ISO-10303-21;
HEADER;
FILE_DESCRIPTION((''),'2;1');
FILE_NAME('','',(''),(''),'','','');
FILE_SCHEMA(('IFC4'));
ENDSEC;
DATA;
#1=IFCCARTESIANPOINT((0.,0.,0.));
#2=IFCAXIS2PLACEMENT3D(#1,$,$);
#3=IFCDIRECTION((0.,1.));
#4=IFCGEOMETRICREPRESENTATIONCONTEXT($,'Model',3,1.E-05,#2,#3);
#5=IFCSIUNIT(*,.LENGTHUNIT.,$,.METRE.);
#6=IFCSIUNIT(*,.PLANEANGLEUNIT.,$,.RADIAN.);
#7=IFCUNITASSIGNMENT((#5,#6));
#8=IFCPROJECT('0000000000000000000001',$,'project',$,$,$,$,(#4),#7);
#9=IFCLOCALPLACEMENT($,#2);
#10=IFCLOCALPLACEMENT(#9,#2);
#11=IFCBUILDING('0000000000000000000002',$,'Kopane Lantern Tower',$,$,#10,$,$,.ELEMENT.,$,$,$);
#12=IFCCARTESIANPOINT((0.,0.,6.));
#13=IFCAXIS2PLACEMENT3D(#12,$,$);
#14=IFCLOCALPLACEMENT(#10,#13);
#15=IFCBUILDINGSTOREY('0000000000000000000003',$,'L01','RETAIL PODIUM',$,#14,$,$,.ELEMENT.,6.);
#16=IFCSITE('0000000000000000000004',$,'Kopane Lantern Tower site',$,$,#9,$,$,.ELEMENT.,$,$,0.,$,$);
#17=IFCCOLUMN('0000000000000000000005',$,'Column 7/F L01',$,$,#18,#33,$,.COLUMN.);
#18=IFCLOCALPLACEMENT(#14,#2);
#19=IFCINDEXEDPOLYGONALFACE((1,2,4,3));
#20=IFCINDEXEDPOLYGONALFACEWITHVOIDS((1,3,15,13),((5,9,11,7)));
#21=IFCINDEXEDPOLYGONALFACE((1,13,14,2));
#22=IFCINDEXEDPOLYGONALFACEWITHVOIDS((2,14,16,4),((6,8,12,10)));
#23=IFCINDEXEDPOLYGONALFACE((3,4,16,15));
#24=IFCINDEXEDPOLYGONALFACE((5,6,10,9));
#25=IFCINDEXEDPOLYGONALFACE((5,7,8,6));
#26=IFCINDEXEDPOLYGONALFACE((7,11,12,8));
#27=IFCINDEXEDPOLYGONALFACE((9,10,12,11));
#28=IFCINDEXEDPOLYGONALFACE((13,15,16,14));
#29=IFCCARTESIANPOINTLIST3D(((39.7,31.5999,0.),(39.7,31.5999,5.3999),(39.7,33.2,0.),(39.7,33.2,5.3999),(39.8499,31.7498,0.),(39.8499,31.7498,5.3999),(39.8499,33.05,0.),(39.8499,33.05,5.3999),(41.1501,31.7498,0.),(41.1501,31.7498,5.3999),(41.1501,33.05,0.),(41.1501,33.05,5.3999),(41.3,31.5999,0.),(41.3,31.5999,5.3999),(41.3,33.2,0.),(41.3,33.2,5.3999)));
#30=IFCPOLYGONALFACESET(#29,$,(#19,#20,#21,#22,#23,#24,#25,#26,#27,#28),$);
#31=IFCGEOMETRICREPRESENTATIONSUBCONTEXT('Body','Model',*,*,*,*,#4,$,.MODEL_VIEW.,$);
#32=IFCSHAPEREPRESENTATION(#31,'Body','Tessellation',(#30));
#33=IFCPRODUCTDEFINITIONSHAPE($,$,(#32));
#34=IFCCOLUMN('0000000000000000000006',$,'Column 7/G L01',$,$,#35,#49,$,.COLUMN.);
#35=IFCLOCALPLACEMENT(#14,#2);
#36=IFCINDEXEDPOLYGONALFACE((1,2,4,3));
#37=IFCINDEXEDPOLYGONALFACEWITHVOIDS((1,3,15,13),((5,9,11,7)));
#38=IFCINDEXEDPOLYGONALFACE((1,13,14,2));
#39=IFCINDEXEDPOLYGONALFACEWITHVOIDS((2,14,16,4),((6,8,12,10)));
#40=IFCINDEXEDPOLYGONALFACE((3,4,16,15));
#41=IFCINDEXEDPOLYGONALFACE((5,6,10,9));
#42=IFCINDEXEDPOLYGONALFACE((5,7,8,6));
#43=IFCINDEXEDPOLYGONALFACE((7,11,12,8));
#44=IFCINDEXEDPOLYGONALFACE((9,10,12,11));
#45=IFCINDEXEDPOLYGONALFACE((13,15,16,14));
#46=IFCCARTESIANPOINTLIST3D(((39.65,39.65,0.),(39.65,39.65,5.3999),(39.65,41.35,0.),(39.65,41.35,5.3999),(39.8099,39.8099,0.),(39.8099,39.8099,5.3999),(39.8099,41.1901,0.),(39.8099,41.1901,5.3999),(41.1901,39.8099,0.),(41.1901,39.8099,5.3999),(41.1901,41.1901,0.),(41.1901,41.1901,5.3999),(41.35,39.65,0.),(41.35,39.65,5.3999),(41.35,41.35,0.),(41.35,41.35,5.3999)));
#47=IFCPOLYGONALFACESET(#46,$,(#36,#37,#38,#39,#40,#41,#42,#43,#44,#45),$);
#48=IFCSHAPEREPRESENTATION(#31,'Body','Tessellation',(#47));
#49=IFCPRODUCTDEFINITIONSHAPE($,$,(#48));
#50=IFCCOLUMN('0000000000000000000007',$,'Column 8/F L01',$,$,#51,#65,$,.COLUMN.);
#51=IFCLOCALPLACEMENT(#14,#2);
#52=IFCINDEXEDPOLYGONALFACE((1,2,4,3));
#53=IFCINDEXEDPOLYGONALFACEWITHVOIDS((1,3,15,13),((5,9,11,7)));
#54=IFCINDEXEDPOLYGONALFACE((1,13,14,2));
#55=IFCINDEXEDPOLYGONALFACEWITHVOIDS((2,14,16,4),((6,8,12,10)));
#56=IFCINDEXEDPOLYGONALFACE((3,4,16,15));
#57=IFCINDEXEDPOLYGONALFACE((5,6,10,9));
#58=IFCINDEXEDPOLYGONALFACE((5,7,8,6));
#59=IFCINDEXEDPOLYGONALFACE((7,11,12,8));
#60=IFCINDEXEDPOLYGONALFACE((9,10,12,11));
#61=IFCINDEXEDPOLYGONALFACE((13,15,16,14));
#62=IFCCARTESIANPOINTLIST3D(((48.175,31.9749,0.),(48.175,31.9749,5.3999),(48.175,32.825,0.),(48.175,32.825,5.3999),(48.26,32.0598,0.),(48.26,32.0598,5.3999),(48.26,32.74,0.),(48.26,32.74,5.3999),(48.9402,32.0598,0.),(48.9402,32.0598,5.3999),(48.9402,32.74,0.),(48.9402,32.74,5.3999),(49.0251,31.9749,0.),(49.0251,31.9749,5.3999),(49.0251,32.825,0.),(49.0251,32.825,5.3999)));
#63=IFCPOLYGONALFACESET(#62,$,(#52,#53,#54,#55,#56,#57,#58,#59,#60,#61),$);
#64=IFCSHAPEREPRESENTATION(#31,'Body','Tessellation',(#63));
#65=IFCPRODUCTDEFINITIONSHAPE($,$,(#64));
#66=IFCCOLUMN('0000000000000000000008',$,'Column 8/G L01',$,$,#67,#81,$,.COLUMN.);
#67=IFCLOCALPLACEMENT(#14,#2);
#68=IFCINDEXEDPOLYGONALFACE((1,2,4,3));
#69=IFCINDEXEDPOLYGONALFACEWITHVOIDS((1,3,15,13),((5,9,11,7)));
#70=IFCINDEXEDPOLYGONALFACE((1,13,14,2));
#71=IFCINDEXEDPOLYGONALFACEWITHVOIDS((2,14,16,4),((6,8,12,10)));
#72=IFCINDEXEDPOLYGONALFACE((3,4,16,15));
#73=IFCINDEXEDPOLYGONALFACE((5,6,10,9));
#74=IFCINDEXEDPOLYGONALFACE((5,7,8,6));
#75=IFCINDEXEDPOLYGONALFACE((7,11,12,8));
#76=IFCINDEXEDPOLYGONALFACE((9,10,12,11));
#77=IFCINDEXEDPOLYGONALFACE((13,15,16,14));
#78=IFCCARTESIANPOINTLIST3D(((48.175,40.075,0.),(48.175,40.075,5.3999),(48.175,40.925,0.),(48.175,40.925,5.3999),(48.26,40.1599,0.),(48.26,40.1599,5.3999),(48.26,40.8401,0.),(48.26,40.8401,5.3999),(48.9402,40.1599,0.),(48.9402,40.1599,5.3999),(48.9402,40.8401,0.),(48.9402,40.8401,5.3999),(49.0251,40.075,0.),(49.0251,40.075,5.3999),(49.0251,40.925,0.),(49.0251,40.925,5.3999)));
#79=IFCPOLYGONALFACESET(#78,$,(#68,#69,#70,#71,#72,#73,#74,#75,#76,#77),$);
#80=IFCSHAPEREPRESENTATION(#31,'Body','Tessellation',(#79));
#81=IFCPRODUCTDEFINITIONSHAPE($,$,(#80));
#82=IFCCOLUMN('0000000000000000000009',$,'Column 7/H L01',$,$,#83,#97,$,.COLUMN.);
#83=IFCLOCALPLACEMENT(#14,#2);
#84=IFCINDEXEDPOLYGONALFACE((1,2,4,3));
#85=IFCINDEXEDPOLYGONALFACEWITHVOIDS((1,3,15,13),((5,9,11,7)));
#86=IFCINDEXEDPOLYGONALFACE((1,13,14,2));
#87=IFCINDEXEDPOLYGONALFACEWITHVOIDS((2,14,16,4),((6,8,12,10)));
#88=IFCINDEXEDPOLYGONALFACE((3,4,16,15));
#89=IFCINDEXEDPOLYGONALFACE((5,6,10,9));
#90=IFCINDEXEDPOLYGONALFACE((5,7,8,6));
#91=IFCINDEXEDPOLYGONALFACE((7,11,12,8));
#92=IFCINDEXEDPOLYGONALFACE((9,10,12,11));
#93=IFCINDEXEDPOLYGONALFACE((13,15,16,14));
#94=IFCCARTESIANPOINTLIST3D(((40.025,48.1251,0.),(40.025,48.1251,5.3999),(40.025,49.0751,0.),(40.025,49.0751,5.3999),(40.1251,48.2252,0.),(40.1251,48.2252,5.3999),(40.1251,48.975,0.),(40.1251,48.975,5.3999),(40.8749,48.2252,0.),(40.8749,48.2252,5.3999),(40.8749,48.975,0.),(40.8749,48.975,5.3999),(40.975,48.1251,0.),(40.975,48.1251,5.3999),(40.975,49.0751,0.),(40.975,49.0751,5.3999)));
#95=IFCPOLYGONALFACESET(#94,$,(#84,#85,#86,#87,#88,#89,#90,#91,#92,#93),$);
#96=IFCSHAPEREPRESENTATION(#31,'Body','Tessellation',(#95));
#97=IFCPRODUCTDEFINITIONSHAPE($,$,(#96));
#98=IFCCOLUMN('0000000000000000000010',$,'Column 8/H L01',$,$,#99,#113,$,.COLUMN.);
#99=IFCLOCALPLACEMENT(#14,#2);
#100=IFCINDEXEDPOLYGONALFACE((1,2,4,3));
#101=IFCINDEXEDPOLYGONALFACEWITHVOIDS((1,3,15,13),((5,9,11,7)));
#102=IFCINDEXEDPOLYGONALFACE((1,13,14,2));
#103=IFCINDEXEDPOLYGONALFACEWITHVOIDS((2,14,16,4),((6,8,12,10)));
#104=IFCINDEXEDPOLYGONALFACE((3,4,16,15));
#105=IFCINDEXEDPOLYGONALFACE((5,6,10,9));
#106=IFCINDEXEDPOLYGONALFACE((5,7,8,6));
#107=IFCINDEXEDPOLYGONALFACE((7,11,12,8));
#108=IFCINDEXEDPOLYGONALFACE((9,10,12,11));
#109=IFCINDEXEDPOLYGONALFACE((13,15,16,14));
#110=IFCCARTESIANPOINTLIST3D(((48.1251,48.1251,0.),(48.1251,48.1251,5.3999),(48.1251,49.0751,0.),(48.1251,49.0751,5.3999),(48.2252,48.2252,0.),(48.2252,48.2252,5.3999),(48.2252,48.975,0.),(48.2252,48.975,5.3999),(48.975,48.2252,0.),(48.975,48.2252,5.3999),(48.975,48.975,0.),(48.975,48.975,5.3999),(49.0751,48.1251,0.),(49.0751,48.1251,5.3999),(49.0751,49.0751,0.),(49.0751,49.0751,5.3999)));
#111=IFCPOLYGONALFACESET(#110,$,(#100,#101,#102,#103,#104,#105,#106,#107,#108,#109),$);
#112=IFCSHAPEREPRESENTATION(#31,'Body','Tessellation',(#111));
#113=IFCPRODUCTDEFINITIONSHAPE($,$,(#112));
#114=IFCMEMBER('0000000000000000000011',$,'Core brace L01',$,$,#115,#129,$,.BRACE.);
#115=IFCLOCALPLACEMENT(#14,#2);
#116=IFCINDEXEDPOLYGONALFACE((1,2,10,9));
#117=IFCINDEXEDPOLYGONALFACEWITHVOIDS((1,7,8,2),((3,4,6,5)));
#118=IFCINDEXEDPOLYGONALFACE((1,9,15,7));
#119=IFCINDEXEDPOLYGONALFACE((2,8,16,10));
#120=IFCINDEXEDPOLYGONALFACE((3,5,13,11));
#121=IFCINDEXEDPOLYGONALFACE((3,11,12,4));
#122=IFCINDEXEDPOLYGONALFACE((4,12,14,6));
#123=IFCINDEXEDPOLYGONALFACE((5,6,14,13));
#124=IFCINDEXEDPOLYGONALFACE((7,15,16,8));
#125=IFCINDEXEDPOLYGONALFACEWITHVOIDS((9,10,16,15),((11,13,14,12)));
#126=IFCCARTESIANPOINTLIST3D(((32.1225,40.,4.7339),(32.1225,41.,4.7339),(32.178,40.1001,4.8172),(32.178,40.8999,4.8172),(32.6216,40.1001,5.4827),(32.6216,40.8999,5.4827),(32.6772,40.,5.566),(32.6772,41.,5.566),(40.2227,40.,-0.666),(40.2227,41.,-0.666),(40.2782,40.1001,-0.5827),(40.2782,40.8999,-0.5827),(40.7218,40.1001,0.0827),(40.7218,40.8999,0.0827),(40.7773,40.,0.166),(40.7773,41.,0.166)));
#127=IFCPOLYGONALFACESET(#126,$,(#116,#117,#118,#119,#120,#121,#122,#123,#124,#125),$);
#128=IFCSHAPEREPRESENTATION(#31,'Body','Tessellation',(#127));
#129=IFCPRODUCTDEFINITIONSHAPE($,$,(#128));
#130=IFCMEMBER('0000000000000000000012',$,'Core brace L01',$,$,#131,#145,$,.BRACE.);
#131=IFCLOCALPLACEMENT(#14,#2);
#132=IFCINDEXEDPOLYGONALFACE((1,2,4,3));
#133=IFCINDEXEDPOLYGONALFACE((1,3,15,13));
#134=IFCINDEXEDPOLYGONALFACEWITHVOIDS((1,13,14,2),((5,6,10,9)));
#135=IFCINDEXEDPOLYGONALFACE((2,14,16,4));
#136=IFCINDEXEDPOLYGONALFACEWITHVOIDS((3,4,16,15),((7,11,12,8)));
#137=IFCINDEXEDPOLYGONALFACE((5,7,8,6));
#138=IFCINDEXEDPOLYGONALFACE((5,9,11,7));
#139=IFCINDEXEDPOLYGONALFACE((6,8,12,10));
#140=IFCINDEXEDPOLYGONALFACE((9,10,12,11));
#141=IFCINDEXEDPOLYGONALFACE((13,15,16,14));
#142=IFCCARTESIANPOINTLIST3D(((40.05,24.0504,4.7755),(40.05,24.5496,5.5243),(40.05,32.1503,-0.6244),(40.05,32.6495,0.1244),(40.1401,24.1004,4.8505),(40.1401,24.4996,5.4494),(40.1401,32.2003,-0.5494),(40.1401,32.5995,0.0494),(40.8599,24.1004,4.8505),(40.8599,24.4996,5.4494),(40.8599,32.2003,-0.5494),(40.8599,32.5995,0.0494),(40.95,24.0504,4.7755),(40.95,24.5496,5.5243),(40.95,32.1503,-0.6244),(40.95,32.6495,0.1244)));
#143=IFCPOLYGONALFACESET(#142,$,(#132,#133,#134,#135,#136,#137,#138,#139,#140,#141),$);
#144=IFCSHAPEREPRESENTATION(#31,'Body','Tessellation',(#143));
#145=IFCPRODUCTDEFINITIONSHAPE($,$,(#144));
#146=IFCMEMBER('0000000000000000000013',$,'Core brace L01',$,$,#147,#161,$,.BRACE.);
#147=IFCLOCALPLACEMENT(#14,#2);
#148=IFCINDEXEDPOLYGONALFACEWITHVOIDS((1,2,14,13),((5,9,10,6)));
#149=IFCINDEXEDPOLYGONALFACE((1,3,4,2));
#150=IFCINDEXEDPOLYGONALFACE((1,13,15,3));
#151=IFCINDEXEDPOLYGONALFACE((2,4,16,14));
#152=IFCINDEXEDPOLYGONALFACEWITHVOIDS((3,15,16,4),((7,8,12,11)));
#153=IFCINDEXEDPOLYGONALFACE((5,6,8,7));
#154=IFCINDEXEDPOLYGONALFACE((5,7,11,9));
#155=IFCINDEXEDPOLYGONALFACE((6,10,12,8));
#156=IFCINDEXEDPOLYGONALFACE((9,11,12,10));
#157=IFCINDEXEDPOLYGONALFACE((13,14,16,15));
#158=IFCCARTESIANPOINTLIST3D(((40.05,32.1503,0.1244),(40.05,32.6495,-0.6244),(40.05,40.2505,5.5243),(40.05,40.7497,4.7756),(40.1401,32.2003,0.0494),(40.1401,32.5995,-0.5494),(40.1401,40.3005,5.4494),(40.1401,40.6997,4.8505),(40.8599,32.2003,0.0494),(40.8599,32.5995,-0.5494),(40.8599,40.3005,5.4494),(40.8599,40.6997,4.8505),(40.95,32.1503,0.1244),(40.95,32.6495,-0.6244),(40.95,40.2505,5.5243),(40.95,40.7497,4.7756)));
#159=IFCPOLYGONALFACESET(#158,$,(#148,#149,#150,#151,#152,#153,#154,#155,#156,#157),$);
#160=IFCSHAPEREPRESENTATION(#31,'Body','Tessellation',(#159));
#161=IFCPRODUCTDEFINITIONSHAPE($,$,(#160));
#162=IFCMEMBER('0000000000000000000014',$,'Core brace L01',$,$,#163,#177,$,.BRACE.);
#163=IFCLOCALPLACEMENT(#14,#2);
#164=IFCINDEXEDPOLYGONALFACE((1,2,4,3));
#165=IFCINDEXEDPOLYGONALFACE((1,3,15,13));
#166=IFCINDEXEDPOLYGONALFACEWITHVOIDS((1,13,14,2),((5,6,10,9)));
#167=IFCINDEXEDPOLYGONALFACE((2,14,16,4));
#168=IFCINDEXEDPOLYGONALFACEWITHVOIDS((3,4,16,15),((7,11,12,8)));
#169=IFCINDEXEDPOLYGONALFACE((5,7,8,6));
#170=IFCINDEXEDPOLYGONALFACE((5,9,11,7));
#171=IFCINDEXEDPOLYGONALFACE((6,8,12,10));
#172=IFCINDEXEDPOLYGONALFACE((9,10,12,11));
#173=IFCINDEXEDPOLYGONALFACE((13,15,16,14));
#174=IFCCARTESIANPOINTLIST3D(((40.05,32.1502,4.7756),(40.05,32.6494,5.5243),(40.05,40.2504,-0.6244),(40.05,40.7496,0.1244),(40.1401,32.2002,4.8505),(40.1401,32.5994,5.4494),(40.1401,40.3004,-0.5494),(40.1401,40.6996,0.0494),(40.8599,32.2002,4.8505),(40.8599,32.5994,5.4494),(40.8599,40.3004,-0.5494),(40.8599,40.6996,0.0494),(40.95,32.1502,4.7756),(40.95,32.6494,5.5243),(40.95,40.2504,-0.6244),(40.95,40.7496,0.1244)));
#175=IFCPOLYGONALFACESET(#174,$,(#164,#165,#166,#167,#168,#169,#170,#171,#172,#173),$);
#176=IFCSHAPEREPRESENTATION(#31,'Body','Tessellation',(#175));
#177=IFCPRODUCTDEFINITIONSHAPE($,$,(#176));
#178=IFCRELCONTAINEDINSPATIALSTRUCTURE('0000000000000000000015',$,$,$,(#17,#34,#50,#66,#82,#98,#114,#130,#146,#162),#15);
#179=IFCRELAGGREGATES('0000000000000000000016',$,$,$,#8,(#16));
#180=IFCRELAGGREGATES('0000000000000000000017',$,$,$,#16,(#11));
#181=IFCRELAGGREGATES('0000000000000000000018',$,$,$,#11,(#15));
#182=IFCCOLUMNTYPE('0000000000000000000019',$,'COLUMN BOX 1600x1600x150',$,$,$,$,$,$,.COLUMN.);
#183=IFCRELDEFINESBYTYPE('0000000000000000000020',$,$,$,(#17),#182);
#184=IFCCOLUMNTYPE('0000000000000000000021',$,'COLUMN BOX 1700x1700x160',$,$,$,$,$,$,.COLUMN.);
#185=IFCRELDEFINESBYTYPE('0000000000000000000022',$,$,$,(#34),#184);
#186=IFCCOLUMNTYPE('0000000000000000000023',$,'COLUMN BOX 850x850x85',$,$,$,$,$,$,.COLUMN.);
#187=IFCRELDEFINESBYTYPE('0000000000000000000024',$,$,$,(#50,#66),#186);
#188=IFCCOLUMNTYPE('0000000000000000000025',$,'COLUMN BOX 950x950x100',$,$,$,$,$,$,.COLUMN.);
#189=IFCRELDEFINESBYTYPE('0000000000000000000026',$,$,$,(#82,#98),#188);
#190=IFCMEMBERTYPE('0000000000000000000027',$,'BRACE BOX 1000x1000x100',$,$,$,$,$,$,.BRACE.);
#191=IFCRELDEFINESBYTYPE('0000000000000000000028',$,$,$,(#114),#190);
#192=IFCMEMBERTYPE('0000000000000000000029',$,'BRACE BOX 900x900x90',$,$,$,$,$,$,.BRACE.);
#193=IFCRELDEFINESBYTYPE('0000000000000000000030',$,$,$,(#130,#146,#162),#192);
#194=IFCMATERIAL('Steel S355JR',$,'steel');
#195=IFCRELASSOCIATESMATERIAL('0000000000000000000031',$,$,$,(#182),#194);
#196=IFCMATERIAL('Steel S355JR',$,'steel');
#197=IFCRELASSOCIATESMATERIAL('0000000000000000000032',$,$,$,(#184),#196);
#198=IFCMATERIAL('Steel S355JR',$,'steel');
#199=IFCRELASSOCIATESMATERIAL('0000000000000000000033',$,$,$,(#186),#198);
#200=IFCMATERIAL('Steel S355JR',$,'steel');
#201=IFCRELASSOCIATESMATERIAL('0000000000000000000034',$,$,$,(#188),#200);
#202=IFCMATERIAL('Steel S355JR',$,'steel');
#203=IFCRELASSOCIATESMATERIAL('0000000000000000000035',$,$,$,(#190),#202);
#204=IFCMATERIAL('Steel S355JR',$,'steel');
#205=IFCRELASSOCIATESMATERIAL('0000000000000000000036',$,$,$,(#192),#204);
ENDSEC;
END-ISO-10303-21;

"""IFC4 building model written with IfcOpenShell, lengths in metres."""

from ifc_helpers import new_model, si_unit, direction, frame, origin, origin_2d, place, context, subcontext, project, spatial, hollow_rectangle, extrude, material, material_profile, profile_set, type_object, element, save


model = new_model("IFC4")

# Units and contexts
model_context = context("Model", 3, precision=1e-05, world=origin(), true_north=direction((0.0, 1.0)))
body_context = subcontext(model_context, "Body", "Model", "MODEL_VIEW")
ifc_project = project(units=[si_unit("LENGTHUNIT", "METRE"), si_unit("PLANEANGLEUNIT", "RADIAN")], contexts=[model_context])

# Site, building, storey
site_placement = place(None, origin())
site = spatial("IfcSite", under=ifc_project, at=site_placement, Name="Kopane Lantern Tower site", CompositionType="ELEMENT", RefElevation=0.0)
building_placement = place(site_placement, origin())
building = spatial("IfcBuilding", under=site, at=building_placement, Name="Kopane Lantern Tower", CompositionType="ELEMENT")
storey_placement = place(building_placement, frame((0.0, 0.0, 6.0)))
storey = spatial("IfcBuildingStorey", under=building, at=storey_placement, Name="L01", Description="RETAIL PODIUM", CompositionType="ELEMENT", Elevation=6.0)

# Columns
ifc_material_1 = material(Name="Steel S355JR", Category="steel")
ifc_material_profile_1 = material_profile(ifc_material_1, hollow_rectangle(XDim=1.6001, YDim=1.6001, WallThickness=0.1499, at=origin_2d()), Name="BOX 1600x1600x150")
ifc_profile_set_1 = profile_set([ifc_material_profile_1], Name="Steel S355JR")
column_type_1 = type_object("IfcColumnType", Name="COLUMN BOX 1600x1600x150", PredefinedType="COLUMN", material=ifc_profile_set_1)
column_1_placement = place(storey_placement, frame((40.5, 32.3999, 0.0), z_axis=(0.0, 0.0, 1.0), x_axis=(1.0, 0.0, 0.0)))
element("IfcColumn", 1, at=column_1_placement, inside=storey, type_object=column_type_1, Name="Column 7/F L01", PredefinedType="COLUMN", context=body_context, shape_type="SweptSolid", body=[
    extrude(hollow_rectangle(XDim=1.6001, YDim=1.6001, WallThickness=0.1499, at=origin_2d()), origin(), (0.0, 0.0, 1.0), 5.3999),
])
ifc_material_2 = material(Name="Steel S355JR", Category="steel")
ifc_material_profile_2 = material_profile(ifc_material_2, hollow_rectangle(XDim=1.7, YDim=1.7, WallThickness=0.1599, at=origin_2d()), Name="BOX 1700x1700x160")
ifc_profile_set_2 = profile_set([ifc_material_profile_2], Name="Steel S355JR")
column_type_2 = type_object("IfcColumnType", Name="COLUMN BOX 1700x1700x160", PredefinedType="COLUMN", material=ifc_profile_set_2)
column_2_placement = place(storey_placement, frame((40.5, 40.5, 0.0), z_axis=(0.0, 0.0, 1.0), x_axis=(1.0, 0.0, 0.0)))
element("IfcColumn", 2, at=column_2_placement, inside=storey, type_object=column_type_2, Name="Column 7/G L01", PredefinedType="COLUMN", context=body_context, shape_type="SweptSolid", body=[
    extrude(hollow_rectangle(XDim=1.7, YDim=1.7, WallThickness=0.1599, at=origin_2d()), origin(), (0.0, 0.0, 1.0), 5.3999),
])
ifc_material_3 = material(Name="Steel S355JR", Category="steel")
ifc_material_profile_3 = material_profile(ifc_material_3, hollow_rectangle(XDim=0.8501, YDim=0.8501, WallThickness=0.085, at=origin_2d()), Name="BOX 850x850x85")
ifc_profile_set_3 = profile_set([ifc_material_profile_3], Name="Steel S355JR")
column_type_3 = type_object("IfcColumnType", Name="COLUMN BOX 850x850x85", PredefinedType="COLUMN", material=ifc_profile_set_3)
for number, where, z_axis, x_axis, name in (
    (3, (48.6001, 32.3999, 0.0), (0.0, 0.0, 1.0), (1.0, 0.0, 0.0), "Column 8/F L01"),
    (4, (48.6001, 40.5, 0.0), (0.0, 0.0, 1.0), (1.0, 0.0, 0.0), "Column 8/G L01"),
):
    element("IfcColumn", number, at=place(storey_placement, frame(where, z_axis=z_axis, x_axis=x_axis)), inside=storey, type_object=column_type_3, Name=name, PredefinedType="COLUMN", context=body_context, shape_type="SweptSolid", body=[
        extrude(hollow_rectangle(XDim=0.8501, YDim=0.8501, WallThickness=0.085, at=origin_2d()), origin(), (0.0, 0.0, 1.0), 5.3999),
    ])
ifc_material_4 = material(Name="Steel S355JR", Category="steel")
ifc_material_profile_4 = material_profile(ifc_material_4, hollow_rectangle(XDim=0.95, YDim=0.95, WallThickness=0.1001, at=origin_2d()), Name="BOX 950x950x100")
ifc_profile_set_4 = profile_set([ifc_material_profile_4], Name="Steel S355JR")
column_type_4 = type_object("IfcColumnType", Name="COLUMN BOX 950x950x100", PredefinedType="COLUMN", material=ifc_profile_set_4)
for number, where, z_axis, x_axis, name in (
    (5, (40.5, 48.6001, 0.0), (0.0, 0.0, 1.0), (1.0, 0.0, 0.0), "Column 7/H L01"),
    (6, (48.6001, 48.6001, 0.0), (0.0, 0.0, 1.0), (1.0, 0.0, 0.0), "Column 8/H L01"),
):
    element("IfcColumn", number, at=place(storey_placement, frame(where, z_axis=z_axis, x_axis=x_axis)), inside=storey, type_object=column_type_4, Name=name, PredefinedType="COLUMN", context=body_context, shape_type="SweptSolid", body=[
        extrude(hollow_rectangle(XDim=0.95, YDim=0.95, WallThickness=0.1001, at=origin_2d()), origin(), (0.0, 0.0, 1.0), 5.3999),
    ])

# Members
ifc_material_5 = material(Name="Steel S355JR", Category="steel")
ifc_material_profile_5 = material_profile(ifc_material_5, hollow_rectangle(XDim=1.0, YDim=1.0, WallThickness=0.1001, at=origin_2d()), Name="BOX 1000x1000x100")
ifc_profile_set_5 = profile_set([ifc_material_profile_5], Name="Steel S355JR")
member_type_1 = type_object("IfcMemberType", Name="BRACE BOX 1000x1000x100", PredefinedType="BRACE", material=ifc_profile_set_5)
member_1_placement = place(storey_placement, frame((40.5, 40.5, -0.25), z_axis=(-0.832058, 0.0, 0.554689), x_axis=(0.0, -1.0, 0.0)))
element("IfcMember", 7, at=member_1_placement, inside=storey, type_object=member_type_1, Name="Core brace L01", PredefinedType="BRACE", context=body_context, shape_type="SweptSolid", body=[
    extrude(hollow_rectangle(XDim=1.0, YDim=1.0, WallThickness=0.1001, at=origin_2d()), origin(), (0.0, 0.0, 1.0), 9.7351),
])
ifc_material_6 = material(Name="Steel S355JR", Category="steel")
ifc_material_profile_6 = material_profile(ifc_material_6, hollow_rectangle(XDim=0.8999, YDim=0.8999, WallThickness=0.0901, at=origin_2d()), Name="BOX 900x900x90")
ifc_profile_set_6 = profile_set([ifc_material_profile_6], Name="Steel S355JR")
member_type_2 = type_object("IfcMemberType", Name="BRACE BOX 900x900x90", PredefinedType="BRACE", material=ifc_profile_set_6)
member_2_placement = place(storey_placement, frame((40.5, 32.3999, -0.25), z_axis=(0.0, -0.83205, 0.5547), x_axis=(1.0, 0.0, 0.0)))
element("IfcMember", 8, at=member_2_placement, inside=storey, type_object=member_type_2, Name="Core brace L01", PredefinedType="BRACE", context=body_context, shape_type="SweptSolid", body=[
    extrude(hollow_rectangle(XDim=0.8999, YDim=0.8999, WallThickness=0.0901, at=origin_2d()), origin(), (0.0, 0.0, 1.0), 9.7349),
])
for number, where, z_axis, x_axis, name in (
    (9, (40.5, 32.3999, -0.25), (0.0, 0.832058, 0.554689), (-1.0, 0.0, 0.0), "Core brace L01"),
    (10, (40.5, 40.5, -0.25), (0.0, -0.832058, 0.554689), (1.0, 0.0, 0.0), "Core brace L01"),
):
    element("IfcMember", number, at=place(storey_placement, frame(where, z_axis=z_axis, x_axis=x_axis)), inside=storey, type_object=member_type_2, Name=name, PredefinedType="BRACE", context=body_context, shape_type="SweptSolid", body=[
        extrude(hollow_rectangle(XDim=0.8999, YDim=0.8999, WallThickness=0.0901, at=origin_2d()), origin(), (0.0, 0.0, 1.0), 9.7351),
    ])

save(model, "model.ifc")
